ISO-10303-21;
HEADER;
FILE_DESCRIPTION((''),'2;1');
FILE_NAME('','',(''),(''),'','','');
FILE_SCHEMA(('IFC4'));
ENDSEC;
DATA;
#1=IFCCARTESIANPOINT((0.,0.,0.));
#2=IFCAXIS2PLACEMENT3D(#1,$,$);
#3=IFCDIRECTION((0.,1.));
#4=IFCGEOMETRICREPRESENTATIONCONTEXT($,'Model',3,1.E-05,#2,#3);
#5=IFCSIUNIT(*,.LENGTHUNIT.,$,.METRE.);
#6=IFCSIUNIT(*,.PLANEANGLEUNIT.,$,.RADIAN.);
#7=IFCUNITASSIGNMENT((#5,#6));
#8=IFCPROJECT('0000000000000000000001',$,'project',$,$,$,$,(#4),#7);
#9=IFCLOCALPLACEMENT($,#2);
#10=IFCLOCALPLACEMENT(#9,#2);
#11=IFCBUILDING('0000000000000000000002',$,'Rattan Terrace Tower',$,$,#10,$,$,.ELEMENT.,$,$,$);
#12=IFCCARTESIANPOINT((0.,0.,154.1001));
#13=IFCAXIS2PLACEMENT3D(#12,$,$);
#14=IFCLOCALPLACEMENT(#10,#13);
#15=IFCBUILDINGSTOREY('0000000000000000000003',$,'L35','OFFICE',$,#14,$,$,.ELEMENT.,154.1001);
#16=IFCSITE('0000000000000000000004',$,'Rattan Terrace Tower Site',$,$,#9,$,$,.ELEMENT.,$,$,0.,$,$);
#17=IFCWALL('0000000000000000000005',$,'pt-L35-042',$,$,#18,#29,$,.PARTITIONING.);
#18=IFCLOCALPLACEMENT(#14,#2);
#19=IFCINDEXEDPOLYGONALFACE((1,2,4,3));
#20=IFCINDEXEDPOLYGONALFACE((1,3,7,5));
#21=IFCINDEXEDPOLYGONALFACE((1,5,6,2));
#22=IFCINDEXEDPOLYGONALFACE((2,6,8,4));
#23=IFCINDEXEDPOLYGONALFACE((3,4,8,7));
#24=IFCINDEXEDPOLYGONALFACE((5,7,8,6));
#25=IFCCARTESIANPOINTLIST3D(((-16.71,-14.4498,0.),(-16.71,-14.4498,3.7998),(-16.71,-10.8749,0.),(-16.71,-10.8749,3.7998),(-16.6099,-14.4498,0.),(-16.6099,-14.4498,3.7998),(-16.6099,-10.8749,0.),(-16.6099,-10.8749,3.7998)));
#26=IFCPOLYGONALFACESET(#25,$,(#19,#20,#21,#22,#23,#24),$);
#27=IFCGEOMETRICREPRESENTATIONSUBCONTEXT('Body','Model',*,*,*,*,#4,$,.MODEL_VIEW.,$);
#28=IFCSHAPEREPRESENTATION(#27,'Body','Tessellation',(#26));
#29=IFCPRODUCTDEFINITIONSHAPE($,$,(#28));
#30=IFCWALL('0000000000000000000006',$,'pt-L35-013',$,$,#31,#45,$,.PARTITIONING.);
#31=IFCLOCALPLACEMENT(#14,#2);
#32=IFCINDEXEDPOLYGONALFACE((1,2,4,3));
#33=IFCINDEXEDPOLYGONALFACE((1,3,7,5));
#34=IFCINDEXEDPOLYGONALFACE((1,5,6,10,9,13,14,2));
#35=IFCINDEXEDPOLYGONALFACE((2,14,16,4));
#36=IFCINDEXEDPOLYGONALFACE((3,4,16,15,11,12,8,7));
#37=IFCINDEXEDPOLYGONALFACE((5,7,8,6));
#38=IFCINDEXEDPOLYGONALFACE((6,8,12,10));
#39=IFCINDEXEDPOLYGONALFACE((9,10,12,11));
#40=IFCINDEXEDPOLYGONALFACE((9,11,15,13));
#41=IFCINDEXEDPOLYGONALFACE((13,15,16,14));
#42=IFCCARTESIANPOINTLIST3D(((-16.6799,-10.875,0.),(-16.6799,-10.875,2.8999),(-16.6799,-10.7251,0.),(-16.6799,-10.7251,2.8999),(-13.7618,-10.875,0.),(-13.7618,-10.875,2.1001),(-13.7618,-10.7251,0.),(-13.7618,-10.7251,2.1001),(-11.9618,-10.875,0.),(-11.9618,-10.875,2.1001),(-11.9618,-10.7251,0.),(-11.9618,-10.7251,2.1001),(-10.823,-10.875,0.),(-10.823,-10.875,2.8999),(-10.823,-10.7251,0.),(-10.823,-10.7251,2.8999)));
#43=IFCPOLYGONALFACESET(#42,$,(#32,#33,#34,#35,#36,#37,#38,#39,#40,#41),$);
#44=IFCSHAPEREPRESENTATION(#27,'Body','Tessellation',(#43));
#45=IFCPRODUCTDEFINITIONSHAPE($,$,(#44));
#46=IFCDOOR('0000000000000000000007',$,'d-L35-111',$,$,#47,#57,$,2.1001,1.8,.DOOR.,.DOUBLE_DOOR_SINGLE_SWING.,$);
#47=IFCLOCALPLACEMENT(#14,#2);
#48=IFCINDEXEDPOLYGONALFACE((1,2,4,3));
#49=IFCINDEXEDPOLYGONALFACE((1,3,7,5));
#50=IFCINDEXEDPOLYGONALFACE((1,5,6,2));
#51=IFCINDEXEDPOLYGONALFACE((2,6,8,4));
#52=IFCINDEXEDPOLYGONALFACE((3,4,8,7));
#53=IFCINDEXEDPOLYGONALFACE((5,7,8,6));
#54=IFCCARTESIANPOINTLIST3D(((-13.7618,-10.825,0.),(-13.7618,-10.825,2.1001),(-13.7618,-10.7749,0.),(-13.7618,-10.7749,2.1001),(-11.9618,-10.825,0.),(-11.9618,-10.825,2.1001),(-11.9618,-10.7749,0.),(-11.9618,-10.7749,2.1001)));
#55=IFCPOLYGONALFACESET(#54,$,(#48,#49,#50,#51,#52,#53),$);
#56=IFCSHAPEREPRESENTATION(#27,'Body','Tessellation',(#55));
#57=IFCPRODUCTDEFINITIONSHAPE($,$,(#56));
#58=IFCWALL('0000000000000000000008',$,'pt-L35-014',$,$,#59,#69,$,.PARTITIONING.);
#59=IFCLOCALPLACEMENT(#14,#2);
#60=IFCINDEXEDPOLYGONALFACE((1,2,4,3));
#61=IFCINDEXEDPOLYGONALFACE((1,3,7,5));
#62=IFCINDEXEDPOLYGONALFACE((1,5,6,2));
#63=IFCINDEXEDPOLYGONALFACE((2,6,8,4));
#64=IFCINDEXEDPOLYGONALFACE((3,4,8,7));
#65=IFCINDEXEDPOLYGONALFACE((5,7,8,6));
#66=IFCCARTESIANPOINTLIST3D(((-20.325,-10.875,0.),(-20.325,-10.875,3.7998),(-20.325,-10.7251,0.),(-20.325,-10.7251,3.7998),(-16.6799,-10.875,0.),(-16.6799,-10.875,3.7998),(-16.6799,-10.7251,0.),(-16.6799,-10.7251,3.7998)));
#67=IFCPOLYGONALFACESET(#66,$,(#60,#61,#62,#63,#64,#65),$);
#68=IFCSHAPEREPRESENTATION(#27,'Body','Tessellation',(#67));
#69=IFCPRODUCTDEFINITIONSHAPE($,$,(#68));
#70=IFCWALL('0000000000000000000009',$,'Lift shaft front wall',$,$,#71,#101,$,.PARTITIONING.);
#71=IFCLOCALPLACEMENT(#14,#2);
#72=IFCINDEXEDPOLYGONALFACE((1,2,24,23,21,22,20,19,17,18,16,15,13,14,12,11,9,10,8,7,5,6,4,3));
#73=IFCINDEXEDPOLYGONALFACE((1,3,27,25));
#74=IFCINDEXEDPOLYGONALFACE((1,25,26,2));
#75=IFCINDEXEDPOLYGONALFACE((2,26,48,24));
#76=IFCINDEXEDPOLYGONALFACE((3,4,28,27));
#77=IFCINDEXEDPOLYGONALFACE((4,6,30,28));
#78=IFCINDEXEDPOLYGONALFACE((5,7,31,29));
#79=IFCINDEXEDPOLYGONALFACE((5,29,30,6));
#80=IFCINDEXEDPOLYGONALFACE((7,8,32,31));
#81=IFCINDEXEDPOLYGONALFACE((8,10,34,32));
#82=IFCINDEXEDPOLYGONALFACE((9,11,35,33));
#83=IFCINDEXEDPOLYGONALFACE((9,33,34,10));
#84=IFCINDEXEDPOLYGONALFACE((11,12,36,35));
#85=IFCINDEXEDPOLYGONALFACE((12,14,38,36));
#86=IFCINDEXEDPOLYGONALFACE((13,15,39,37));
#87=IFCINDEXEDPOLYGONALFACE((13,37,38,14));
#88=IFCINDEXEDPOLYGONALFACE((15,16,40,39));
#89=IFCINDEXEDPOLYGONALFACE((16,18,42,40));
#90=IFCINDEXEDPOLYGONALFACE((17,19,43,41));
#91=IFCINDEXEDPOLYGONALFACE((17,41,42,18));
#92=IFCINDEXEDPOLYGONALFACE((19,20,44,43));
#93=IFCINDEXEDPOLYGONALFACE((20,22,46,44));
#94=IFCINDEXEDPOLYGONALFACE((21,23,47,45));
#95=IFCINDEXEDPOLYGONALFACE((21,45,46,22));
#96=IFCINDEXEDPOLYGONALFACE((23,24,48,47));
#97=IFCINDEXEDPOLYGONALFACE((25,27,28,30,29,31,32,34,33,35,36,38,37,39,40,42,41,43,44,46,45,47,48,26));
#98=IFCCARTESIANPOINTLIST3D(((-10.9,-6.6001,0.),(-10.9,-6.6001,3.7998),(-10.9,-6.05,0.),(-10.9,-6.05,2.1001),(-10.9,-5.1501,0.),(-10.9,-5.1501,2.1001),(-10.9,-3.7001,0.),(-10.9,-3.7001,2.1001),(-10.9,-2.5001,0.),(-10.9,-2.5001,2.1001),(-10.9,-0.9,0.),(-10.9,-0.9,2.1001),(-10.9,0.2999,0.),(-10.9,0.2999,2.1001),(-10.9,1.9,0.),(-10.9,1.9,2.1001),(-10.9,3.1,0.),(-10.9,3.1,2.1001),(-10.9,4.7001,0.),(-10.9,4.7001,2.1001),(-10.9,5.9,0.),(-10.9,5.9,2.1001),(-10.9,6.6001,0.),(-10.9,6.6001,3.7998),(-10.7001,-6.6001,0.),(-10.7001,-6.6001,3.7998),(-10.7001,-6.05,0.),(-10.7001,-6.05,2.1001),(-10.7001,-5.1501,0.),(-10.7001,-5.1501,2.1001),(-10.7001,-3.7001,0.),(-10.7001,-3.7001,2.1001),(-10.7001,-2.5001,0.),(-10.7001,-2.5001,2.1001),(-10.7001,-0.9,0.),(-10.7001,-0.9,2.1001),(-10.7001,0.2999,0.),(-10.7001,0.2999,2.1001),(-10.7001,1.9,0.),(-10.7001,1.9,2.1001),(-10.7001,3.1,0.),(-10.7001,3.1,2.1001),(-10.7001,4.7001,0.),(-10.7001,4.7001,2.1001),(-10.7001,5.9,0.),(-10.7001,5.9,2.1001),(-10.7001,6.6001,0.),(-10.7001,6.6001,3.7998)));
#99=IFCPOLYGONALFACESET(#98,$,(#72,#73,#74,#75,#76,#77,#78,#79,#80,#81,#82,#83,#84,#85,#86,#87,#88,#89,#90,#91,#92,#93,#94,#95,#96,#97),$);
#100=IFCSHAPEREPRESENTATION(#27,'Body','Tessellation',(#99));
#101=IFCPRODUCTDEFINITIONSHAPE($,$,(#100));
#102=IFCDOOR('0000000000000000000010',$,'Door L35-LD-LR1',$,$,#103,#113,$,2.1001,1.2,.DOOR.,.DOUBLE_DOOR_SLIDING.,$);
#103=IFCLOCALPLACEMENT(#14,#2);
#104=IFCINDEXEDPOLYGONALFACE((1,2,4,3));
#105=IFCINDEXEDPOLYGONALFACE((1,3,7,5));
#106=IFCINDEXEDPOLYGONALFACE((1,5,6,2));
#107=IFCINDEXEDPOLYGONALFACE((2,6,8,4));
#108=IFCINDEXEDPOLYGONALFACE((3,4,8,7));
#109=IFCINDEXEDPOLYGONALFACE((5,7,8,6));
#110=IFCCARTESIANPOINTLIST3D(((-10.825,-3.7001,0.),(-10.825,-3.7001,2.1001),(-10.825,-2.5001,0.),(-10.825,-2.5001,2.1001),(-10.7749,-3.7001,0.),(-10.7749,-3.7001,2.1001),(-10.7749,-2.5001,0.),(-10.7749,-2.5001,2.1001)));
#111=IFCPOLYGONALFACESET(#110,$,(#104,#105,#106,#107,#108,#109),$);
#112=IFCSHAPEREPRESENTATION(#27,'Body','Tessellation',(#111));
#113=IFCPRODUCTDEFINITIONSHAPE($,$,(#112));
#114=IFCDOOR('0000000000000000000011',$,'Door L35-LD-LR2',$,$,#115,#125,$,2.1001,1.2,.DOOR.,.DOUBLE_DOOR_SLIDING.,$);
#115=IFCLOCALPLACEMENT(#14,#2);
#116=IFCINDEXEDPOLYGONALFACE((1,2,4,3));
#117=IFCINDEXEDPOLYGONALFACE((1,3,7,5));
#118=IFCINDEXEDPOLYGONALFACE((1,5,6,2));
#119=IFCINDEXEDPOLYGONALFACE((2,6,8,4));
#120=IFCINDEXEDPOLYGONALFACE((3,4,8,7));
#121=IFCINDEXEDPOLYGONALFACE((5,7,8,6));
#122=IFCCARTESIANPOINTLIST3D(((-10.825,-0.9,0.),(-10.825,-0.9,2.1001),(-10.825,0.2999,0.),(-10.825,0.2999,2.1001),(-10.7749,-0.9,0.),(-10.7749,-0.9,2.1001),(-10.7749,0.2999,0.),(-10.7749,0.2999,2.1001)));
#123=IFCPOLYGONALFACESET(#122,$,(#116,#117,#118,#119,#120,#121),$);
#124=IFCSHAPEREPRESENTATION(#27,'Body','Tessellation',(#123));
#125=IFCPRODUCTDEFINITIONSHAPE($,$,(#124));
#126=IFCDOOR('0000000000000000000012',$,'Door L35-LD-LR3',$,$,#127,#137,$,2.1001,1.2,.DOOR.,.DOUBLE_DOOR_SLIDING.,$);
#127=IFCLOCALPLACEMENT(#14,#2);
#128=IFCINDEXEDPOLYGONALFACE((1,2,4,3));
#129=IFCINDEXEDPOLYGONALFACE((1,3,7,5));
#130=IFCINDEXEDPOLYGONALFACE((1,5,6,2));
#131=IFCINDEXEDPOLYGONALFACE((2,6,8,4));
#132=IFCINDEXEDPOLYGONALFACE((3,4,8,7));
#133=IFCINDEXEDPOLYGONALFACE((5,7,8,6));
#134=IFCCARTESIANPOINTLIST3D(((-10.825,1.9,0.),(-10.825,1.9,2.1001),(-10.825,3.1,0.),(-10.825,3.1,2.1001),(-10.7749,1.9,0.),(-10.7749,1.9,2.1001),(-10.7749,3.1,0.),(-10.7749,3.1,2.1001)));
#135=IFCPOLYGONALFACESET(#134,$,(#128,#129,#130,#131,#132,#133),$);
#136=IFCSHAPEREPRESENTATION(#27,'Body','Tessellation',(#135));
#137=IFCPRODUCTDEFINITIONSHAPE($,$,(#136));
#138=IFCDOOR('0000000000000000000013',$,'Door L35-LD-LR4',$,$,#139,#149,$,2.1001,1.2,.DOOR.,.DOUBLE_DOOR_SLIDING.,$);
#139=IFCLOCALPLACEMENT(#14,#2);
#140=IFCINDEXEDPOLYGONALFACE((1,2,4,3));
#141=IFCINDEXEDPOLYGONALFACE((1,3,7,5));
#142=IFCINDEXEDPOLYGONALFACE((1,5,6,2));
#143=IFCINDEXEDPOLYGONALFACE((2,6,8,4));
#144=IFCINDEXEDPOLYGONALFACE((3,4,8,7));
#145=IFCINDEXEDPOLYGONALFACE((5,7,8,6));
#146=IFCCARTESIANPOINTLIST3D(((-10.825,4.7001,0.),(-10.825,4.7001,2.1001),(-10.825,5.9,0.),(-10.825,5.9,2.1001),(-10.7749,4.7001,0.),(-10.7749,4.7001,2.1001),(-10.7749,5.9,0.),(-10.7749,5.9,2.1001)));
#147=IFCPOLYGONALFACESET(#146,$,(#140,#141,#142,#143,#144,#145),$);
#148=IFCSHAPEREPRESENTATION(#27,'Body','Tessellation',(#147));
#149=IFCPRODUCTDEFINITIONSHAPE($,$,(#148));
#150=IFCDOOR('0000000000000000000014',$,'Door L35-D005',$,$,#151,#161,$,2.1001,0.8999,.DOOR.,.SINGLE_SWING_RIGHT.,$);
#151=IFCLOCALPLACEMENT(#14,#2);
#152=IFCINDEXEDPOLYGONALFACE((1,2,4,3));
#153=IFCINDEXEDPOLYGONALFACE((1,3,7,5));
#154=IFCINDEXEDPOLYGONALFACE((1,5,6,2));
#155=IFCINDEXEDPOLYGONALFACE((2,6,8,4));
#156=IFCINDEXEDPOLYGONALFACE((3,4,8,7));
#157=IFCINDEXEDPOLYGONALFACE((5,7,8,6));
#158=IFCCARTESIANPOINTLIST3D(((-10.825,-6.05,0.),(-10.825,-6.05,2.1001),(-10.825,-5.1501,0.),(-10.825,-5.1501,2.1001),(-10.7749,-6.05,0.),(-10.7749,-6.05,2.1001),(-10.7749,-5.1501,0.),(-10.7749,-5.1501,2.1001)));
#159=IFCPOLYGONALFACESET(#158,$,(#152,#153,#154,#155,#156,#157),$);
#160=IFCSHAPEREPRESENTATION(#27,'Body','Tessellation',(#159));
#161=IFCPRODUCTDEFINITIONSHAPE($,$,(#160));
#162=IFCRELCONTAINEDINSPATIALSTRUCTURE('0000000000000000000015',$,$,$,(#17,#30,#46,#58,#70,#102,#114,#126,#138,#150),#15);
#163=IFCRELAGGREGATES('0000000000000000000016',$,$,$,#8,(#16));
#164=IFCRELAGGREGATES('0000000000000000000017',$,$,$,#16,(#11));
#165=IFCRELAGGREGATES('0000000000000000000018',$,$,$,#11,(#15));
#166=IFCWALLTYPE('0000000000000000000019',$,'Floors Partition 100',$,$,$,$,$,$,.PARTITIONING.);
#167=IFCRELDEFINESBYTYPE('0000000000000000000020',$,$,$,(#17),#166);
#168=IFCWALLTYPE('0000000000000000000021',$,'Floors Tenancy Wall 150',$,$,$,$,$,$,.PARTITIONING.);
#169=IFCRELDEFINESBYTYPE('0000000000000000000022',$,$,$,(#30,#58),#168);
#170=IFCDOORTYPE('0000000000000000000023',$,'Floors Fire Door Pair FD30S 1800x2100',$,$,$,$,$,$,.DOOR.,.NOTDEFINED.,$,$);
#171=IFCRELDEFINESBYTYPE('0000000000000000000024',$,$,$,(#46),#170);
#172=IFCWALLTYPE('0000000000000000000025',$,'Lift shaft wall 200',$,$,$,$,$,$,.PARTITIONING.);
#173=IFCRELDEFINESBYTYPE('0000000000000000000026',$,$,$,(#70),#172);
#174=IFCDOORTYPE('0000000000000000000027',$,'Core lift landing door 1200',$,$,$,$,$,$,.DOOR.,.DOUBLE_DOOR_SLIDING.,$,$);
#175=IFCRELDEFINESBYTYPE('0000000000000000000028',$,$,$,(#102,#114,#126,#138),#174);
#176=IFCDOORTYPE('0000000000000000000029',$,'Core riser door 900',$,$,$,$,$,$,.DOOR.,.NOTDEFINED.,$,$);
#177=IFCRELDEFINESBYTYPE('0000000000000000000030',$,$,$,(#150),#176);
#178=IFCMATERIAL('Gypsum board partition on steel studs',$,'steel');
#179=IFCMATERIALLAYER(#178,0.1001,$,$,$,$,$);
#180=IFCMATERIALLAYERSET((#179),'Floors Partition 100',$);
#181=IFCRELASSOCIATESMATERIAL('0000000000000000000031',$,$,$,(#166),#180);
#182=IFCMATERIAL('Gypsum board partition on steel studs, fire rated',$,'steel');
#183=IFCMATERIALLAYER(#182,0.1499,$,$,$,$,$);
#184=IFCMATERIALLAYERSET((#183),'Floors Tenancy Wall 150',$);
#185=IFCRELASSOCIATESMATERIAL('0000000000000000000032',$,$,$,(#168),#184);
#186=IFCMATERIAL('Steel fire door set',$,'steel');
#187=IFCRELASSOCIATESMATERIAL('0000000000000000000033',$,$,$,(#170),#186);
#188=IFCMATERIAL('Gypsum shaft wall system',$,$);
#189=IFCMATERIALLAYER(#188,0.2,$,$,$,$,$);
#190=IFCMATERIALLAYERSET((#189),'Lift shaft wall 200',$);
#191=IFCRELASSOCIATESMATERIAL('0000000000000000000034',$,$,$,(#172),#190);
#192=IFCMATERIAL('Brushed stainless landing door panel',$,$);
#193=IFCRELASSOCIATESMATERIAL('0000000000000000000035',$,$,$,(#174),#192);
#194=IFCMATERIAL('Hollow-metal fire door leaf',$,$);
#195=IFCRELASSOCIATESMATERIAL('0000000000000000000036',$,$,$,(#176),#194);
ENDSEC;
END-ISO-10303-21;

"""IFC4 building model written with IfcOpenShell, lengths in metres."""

from ifc_helpers import new_model, si_unit, direction, frame, frame_2d, origin, place, context, subcontext, project, spatial, rectangle, extrude, material, layer, layer_set, type_object, element, fill, save


model = new_model("IFC4")

# Units and contexts
model_context = context("Model", 3, precision=1e-05, world=origin(), true_north=direction((0.0, 1.0)))
body_context = subcontext(model_context, "Body", "Model", "MODEL_VIEW")
ifc_project = project(units=[si_unit("LENGTHUNIT", "METRE"), si_unit("PLANEANGLEUNIT", "RADIAN")], contexts=[model_context])

# Site, building, storey
site_placement = place(None, origin())
site = spatial("IfcSite", under=ifc_project, at=site_placement, Name="Rattan Terrace Tower Site", CompositionType="ELEMENT", RefElevation=0.0)
building_placement = place(site_placement, origin())
building = spatial("IfcBuilding", under=site, at=building_placement, Name="Rattan Terrace Tower", CompositionType="ELEMENT")
storey_placement = place(building_placement, frame((0.0, 0.0, 154.1001)))
storey = spatial("IfcBuildingStorey", under=building, at=storey_placement, Name="L35", Description="OFFICE", CompositionType="ELEMENT", Elevation=154.1001)

# Wall
ifc_material_1 = material(Name="Gypsum board partition on steel studs", Category="steel")
ifc_layer_1 = layer(ifc_material_1, 0.1001)
ifc_layer_set_1 = layer_set([ifc_layer_1], Name="Floors Partition 100")
wall_type_1 = type_object("IfcWallType", Name="Floors Partition 100", PredefinedType="PARTITIONING", material=ifc_layer_set_1)
wall_1_placement = place(storey_placement, frame((-16.6599, -14.45, 0.0), z_axis=(0.0, 0.0, 1.0), x_axis=(0.0, 1.0, 0.0)))
element("IfcWall", 1, at=wall_1_placement, inside=storey, type_object=wall_type_1, Name="pt-L35-042", PredefinedType="PARTITIONING", context=body_context, shape_type="SweptSolid", body=[
    extrude(rectangle(XDim=3.575, YDim=0.1001, at=frame_2d((1.7876, 0.0))), origin(), (0.0, 0.0, 1.0), 3.7998),
])

# Wall, opening, door
ifc_material_2 = material(Name="Gypsum board partition on steel studs, fire rated", Category="steel")
ifc_layer_2 = layer(ifc_material_2, 0.1499)
ifc_layer_set_2 = layer_set([ifc_layer_2], Name="Floors Tenancy Wall 150")
wall_type_2 = type_object("IfcWallType", Name="Floors Tenancy Wall 150", PredefinedType="PARTITIONING", material=ifc_layer_set_2)
wall_2_placement = place(storey_placement, frame((-10.823, -10.8, 0.0), z_axis=(0.0, 0.0, 1.0), x_axis=(-1.0, 0.0, 0.0)))
wall_2 = element("IfcWall", 2, at=wall_2_placement, inside=storey, type_object=wall_type_2, Name="pt-L35-013", PredefinedType="PARTITIONING", context=body_context, shape_type="SweptSolid", body=[
    extrude(rectangle(XDim=5.8569, YDim=0.1499, at=frame_2d((2.9285, 0.0))), origin(), (0.0, 0.0, 1.0), 2.8999),
])
opening_1_placement = place(wall_2_placement, frame((1.1389, 0.0, 0.0)))
opening_1 = element("IfcOpeningElement", 3, at=opening_1_placement, cuts=wall_2, PredefinedType="OPENING", context=body_context, shape_type="SweptSolid", body=[
    extrude(rectangle(XDim=1.8, YDim=2.1001, at=frame_2d((0.8999, 1.05))), frame((0.0, 0.0854, 0.0), z_axis=(0.0, -1.0, 0.0), x_axis=(1.0, 0.0, 0.0)), (0.0, 0.0, 1.0), 0.1709),
])
ifc_material_3 = material(Name="Steel fire door set", Category="steel")
door_type_1 = type_object("IfcDoorType", Name="Floors Fire Door Pair FD30S 1800x2100", OperationType="NOTDEFINED", PredefinedType="DOOR", material=ifc_material_3)
door_1_placement = place(opening_1_placement, origin())
door_1 = element("IfcDoor", 4, at=door_1_placement, inside=storey, type_object=door_type_1, Name="d-L35-111", OperationType="DOUBLE_DOOR_SINGLE_SWING", OverallHeight=2.1001, OverallWidth=1.8, PredefinedType="DOOR", context=body_context, shape_type="SweptSolid", body=[
    extrude(rectangle(XDim=1.8, YDim=2.1001, at=frame_2d((0.8999, 1.05))), frame((0.0, 0.0249, 0.0), z_axis=(0.0, -1.0, 0.0), x_axis=(1.0, 0.0, 0.0)), (0.0, 0.0, 1.0), 0.05),
])
fill(opening_1, door_1)

# Wall
wall_3_placement = place(storey_placement, frame((-16.6799, -10.8, 0.0), z_axis=(0.0, 0.0, 1.0), x_axis=(-1.0, 0.0, 0.0)))
element("IfcWall", 5, at=wall_3_placement, inside=storey, type_object=wall_type_2, Name="pt-L35-014", PredefinedType="PARTITIONING", context=body_context, shape_type="SweptSolid", body=[
    extrude(rectangle(XDim=3.645, YDim=0.1499, at=frame_2d((1.8225, 0.0))), origin(), (0.0, 0.0, 1.0), 3.7998),
])

# Wall, openings, doors
ifc_material_4 = material(Name="Gypsum shaft wall system")
ifc_layer_3 = layer(ifc_material_4, 0.2)
ifc_layer_set_3 = layer_set([ifc_layer_3], Name="Lift shaft wall 200")
wall_type_3 = type_object("IfcWallType", Name="Lift shaft wall 200", PredefinedType="PARTITIONING", material=ifc_layer_set_3)
wall_4_placement = place(storey_placement, frame((-10.8, -6.6001, 0.0), z_axis=(0.0, 0.0, 1.0), x_axis=(0.0, 1.0, 0.0)))
wall_4 = element("IfcWall", 6, at=wall_4_placement, inside=storey, type_object=wall_type_3, Name="Lift shaft front wall", PredefinedType="PARTITIONING", context=body_context, shape_type="SweptSolid", body=[
    extrude(rectangle(XDim=13.2002, YDim=0.2, at=frame_2d((6.6001, 0.0))), origin(), (0.0, 0.0, 1.0), 3.7998),
])
opening_2_placement = place(wall_4_placement, frame((0.55, 0.0, 0.0)))
opening_2 = element("IfcOpeningElement", 7, at=opening_2_placement, cuts=wall_4, PredefinedType="OPENING", context=body_context, shape_type="SweptSolid", body=[
    extrude(rectangle(XDim=0.8999, YDim=2.1001, at=frame_2d((0.45, 1.05))), frame((0.0, 0.1106, 0.0), z_axis=(0.0, -1.0, 0.0), x_axis=(1.0, 0.0, 0.0)), (0.0, 0.0, 1.0), 0.2209),
])
opening_3_placement = place(wall_4_placement, frame((2.8999, 0.0, 0.0)))
opening_3 = element("IfcOpeningElement", 8, at=opening_3_placement, cuts=wall_4, PredefinedType="OPENING", context=body_context, shape_type="SweptSolid", body=[
    extrude(rectangle(XDim=1.2, YDim=2.1001, at=frame_2d((0.6001, 1.05))), frame((0.0, 0.1106, 0.0), z_axis=(0.0, -1.0, 0.0), x_axis=(1.0, 0.0, 0.0)), (0.0, 0.0, 1.0), 0.2209),
])
opening_4_placement = place(wall_4_placement, frame((5.7, 0.0, 0.0)))
opening_4 = element("IfcOpeningElement", 9, at=opening_4_placement, cuts=wall_4, PredefinedType="OPENING", context=body_context, shape_type="SweptSolid", body=[
    extrude(rectangle(XDim=1.2, YDim=2.1001, at=frame_2d((0.6001, 1.05))), frame((0.0, 0.1106, 0.0), z_axis=(0.0, -1.0, 0.0), x_axis=(1.0, 0.0, 0.0)), (0.0, 0.0, 1.0), 0.2209),
])
opening_5_placement = place(wall_4_placement, frame((8.5, 0.0, 0.0)))
opening_5 = element("IfcOpeningElement", 10, at=opening_5_placement, cuts=wall_4, PredefinedType="OPENING", context=body_context, shape_type="SweptSolid", body=[
    extrude(rectangle(XDim=1.2, YDim=2.1001, at=frame_2d((0.6001, 1.05))), frame((0.0, 0.1106, 0.0), z_axis=(0.0, -1.0, 0.0), x_axis=(1.0, 0.0, 0.0)), (0.0, 0.0, 1.0), 0.2209),
])
opening_6_placement = place(wall_4_placement, frame((11.3, 0.0, 0.0)))
opening_6 = element("IfcOpeningElement", 11, at=opening_6_placement, cuts=wall_4, PredefinedType="OPENING", context=body_context, shape_type="SweptSolid", body=[
    extrude(rectangle(XDim=1.2, YDim=2.1001, at=frame_2d((0.6001, 1.05))), frame((0.0, 0.1106, 0.0), z_axis=(0.0, -1.0, 0.0), x_axis=(1.0, 0.0, 0.0)), (0.0, 0.0, 1.0), 0.2209),
])
ifc_material_5 = material(Name="Brushed stainless landing door panel")
door_type_2 = type_object("IfcDoorType", Name="Core lift landing door 1200", OperationType="DOUBLE_DOOR_SLIDING", PredefinedType="DOOR", material=ifc_material_5)
door_2_placement = place(opening_3_placement, origin())
door_2 = element("IfcDoor", 12, at=door_2_placement, inside=storey, type_object=door_type_2, Name="Door L35-LD-LR1", OperationType="DOUBLE_DOOR_SLIDING", OverallHeight=2.1001, OverallWidth=1.2, PredefinedType="DOOR", context=body_context, shape_type="SweptSolid", body=[
    extrude(rectangle(XDim=1.2, YDim=2.1001, at=frame_2d((0.6001, 1.05))), frame((0.0, 0.0249, 0.0), z_axis=(0.0, -1.0, 0.0), x_axis=(1.0, 0.0, 0.0)), (0.0, 0.0, 1.0), 0.05),
])
fill(opening_3, door_2)
door_3_placement = place(opening_4_placement, origin())
door_3 = element("IfcDoor", 13, at=door_3_placement, inside=storey, type_object=door_type_2, Name="Door L35-LD-LR2", OperationType="DOUBLE_DOOR_SLIDING", OverallHeight=2.1001, OverallWidth=1.2, PredefinedType="DOOR", context=body_context, shape_type="SweptSolid", body=[
    extrude(rectangle(XDim=1.2, YDim=2.1001, at=frame_2d((0.6001, 1.05))), frame((0.0, 0.0249, 0.0), z_axis=(0.0, -1.0, 0.0), x_axis=(1.0, 0.0, 0.0)), (0.0, 0.0, 1.0), 0.05),
])
fill(opening_4, door_3)
door_4_placement = place(opening_5_placement, origin())
door_4 = element("IfcDoor", 14, at=door_4_placement, inside=storey, type_object=door_type_2, Name="Door L35-LD-LR3", OperationType="DOUBLE_DOOR_SLIDING", OverallHeight=2.1001, OverallWidth=1.2, PredefinedType="DOOR", context=body_context, shape_type="SweptSolid", body=[
    extrude(rectangle(XDim=1.2, YDim=2.1001, at=frame_2d((0.6001, 1.05))), frame((0.0, 0.0249, 0.0), z_axis=(0.0, -1.0, 0.0), x_axis=(1.0, 0.0, 0.0)), (0.0, 0.0, 1.0), 0.05),
])
fill(opening_5, door_4)
door_5_placement = place(opening_6_placement, origin())
door_5 = element("IfcDoor", 15, at=door_5_placement, inside=storey, type_object=door_type_2, Name="Door L35-LD-LR4", OperationType="DOUBLE_DOOR_SLIDING", OverallHeight=2.1001, OverallWidth=1.2, PredefinedType="DOOR", context=body_context, shape_type="SweptSolid", body=[
    extrude(rectangle(XDim=1.2, YDim=2.1001, at=frame_2d((0.6001, 1.05))), frame((0.0, 0.0249, 0.0), z_axis=(0.0, -1.0, 0.0), x_axis=(1.0, 0.0, 0.0)), (0.0, 0.0, 1.0), 0.05),
])
fill(opening_6, door_5)
ifc_material_6 = material(Name="Hollow-metal fire door leaf")
door_type_3 = type_object("IfcDoorType", Name="Core riser door 900", OperationType="NOTDEFINED", PredefinedType="DOOR", material=ifc_material_6)
door_6_placement = place(opening_2_placement, origin())
door_6 = element("IfcDoor", 16, at=door_6_placement, inside=storey, type_object=door_type_3, Name="Door L35-D005", OperationType="SINGLE_SWING_RIGHT", OverallHeight=2.1001, OverallWidth=0.8999, PredefinedType="DOOR", context=body_context, shape_type="SweptSolid", body=[
    extrude(rectangle(XDim=0.8999, YDim=2.1001, at=frame_2d((0.45, 1.05))), frame((0.0, 0.0249, 0.0), z_axis=(0.0, -1.0, 0.0), x_axis=(1.0, 0.0, 0.0)), (0.0, 0.0, 1.0), 0.05),
])
fill(opening_2, door_6)

save(model, "model.ifc")
